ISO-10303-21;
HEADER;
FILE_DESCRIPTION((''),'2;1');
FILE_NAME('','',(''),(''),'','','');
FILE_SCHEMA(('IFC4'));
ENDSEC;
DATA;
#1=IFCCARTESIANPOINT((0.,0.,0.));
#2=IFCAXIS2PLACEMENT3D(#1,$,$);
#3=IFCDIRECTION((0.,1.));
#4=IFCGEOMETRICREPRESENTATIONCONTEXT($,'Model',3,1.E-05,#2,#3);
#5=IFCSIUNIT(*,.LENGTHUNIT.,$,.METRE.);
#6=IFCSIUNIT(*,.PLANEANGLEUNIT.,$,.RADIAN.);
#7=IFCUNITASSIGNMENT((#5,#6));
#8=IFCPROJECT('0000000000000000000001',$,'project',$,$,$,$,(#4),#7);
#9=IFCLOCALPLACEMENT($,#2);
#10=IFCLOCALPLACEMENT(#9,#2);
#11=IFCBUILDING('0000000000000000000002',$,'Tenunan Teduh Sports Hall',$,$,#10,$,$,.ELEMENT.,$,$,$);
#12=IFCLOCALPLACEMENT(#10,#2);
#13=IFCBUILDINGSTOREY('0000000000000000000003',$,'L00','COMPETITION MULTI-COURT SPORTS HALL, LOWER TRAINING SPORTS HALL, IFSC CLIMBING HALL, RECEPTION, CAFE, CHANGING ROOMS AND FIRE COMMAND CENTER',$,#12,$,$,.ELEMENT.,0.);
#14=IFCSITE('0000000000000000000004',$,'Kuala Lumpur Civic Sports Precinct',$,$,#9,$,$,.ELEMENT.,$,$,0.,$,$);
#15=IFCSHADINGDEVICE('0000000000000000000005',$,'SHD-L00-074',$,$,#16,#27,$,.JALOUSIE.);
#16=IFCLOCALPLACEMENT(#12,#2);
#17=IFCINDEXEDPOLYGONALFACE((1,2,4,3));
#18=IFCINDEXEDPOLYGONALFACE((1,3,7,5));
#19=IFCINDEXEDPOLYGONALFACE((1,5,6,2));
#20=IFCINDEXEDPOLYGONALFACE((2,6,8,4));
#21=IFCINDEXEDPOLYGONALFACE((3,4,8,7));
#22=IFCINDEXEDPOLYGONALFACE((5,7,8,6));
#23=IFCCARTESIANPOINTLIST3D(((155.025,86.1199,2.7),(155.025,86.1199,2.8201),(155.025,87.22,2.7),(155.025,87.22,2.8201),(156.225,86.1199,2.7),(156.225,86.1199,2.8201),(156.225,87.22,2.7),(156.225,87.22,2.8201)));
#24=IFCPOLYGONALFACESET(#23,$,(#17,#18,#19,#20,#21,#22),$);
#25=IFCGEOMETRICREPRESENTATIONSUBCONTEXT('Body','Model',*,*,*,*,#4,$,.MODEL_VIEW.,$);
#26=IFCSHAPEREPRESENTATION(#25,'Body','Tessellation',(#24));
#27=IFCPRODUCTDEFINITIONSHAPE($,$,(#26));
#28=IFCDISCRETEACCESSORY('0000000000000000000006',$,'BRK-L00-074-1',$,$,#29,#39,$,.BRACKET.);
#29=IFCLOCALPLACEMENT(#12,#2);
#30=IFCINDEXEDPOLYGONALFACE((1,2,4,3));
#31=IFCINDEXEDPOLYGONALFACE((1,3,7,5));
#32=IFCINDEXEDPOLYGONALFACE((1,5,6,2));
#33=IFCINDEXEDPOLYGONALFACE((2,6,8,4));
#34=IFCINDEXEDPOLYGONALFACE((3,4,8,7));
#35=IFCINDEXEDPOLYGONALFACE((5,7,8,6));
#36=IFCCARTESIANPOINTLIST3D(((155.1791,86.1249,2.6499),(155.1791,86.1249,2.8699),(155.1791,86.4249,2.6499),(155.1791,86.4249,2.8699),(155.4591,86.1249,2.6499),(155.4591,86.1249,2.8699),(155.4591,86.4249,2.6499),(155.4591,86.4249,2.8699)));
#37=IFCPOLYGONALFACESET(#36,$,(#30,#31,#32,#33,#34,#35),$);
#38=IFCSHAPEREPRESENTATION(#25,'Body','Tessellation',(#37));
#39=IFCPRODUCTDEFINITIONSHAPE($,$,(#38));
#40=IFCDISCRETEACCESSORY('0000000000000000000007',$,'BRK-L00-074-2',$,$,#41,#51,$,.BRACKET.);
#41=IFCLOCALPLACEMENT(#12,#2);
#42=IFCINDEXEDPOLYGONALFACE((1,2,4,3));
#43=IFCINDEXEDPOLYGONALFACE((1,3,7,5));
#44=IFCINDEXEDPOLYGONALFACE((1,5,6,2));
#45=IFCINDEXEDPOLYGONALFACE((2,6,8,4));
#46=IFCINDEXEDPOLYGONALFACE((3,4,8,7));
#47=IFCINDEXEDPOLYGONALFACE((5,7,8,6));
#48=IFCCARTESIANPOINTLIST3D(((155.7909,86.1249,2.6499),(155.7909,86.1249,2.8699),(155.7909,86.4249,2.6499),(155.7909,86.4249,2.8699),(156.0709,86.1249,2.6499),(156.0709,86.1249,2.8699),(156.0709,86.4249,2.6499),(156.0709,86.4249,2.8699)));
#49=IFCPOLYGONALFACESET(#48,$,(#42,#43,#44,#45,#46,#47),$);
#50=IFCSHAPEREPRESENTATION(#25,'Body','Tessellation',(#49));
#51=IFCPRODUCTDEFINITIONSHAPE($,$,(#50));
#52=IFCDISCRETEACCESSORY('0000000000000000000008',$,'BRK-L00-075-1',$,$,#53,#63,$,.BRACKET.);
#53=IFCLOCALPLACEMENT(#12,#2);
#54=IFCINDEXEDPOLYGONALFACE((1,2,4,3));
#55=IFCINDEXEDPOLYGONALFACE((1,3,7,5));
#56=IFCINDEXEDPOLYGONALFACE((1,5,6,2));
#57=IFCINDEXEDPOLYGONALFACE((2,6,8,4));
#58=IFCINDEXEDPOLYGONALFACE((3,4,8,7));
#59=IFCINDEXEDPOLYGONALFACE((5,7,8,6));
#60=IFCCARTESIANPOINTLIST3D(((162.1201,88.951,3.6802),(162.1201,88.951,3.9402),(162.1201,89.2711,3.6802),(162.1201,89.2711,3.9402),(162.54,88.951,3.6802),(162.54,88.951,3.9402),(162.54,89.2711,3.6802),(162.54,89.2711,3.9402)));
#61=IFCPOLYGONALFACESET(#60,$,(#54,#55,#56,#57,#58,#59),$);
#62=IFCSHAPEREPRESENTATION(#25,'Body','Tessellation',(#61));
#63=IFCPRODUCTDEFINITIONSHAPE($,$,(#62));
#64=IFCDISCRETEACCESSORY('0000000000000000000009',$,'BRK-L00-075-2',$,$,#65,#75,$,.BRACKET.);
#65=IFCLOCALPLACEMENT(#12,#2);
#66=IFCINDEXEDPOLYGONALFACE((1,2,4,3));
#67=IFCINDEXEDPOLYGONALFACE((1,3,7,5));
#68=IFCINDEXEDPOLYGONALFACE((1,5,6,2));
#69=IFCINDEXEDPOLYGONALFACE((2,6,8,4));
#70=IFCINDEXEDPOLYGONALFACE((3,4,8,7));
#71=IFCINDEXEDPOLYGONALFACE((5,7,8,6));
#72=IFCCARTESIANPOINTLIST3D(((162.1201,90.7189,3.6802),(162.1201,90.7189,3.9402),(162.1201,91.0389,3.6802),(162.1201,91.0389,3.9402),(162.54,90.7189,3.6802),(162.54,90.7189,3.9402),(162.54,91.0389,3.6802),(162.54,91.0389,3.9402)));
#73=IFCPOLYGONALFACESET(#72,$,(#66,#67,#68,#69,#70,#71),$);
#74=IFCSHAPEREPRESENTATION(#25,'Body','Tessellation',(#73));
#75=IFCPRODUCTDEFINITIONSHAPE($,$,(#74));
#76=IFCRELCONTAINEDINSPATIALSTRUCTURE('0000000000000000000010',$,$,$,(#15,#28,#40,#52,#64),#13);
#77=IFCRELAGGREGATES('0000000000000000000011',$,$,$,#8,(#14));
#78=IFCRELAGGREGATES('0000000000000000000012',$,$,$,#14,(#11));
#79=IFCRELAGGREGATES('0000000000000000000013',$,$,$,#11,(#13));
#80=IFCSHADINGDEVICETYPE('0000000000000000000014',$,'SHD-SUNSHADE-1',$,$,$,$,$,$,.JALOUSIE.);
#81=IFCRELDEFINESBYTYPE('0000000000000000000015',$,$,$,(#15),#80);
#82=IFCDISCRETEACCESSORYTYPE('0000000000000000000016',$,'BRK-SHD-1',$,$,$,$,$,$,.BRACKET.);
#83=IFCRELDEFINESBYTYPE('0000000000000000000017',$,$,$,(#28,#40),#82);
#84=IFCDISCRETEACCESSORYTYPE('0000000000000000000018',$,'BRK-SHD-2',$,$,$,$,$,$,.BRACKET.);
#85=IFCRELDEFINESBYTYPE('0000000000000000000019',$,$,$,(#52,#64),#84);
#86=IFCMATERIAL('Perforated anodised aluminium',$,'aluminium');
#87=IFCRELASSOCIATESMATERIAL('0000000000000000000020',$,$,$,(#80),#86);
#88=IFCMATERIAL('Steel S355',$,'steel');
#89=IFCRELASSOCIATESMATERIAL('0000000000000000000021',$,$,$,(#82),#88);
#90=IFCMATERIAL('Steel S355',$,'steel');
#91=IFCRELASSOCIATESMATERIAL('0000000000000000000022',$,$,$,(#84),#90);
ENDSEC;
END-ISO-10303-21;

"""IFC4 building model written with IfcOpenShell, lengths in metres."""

from ifc_helpers import new_model, si_unit, direction, frame, origin, origin_2d, place, context, subcontext, project, spatial, rectangle, extrude, material, type_object, element, save


model = new_model("IFC4")

# Units and contexts
model_context = context("Model", 3, precision=1e-05, world=origin(), true_north=direction((0.0, 1.0)))
body_context = subcontext(model_context, "Body", "Model", "MODEL_VIEW")
ifc_project = project(units=[si_unit("LENGTHUNIT", "METRE"), si_unit("PLANEANGLEUNIT", "RADIAN")], contexts=[model_context])

# Site, building, storey
site_placement = place(None, origin())
site = spatial("IfcSite", under=ifc_project, at=site_placement, Name="Kuala Lumpur Civic Sports Precinct", CompositionType="ELEMENT", RefElevation=0.0)
building_placement = place(site_placement, origin())
building = spatial("IfcBuilding", under=site, at=building_placement, Name="Tenunan Teduh Sports Hall", CompositionType="ELEMENT")
storey_placement = place(building_placement, origin())
storey = spatial("IfcBuildingStorey", under=building, at=storey_placement, Name="L00", Description="COMPETITION MULTI-COURT SPORTS HALL, LOWER TRAINING SPORTS HALL, IFSC CLIMBING HALL, RECEPTION, CAFE, CHANGING ROOMS AND FIRE COMMAND CENTER", CompositionType="ELEMENT", Elevation=0.0)

# Shading device
ifc_material_1 = material(Name="Perforated anodised aluminium", Category="aluminium")
shading_device_type_1 = type_object("IfcShadingDeviceType", Name="SHD-SUNSHADE-1", PredefinedType="JALOUSIE", material=ifc_material_1)
shading_device_1_placement = place(storey_placement, frame((155.625, 86.6699, 2.7), z_axis=(0.0, 0.0, 1.0), x_axis=(1.0, 0.0, 0.0)))
element("IfcShadingDevice", 1, at=shading_device_1_placement, inside=storey, type_object=shading_device_type_1, Name="SHD-L00-074", PredefinedType="JALOUSIE", context=body_context, shape_type="SweptSolid", body=[
    extrude(rectangle(XDim=1.2, YDim=1.1001, at=origin_2d()), origin(), (0.0, 0.0, 1.0), 0.1201),
])

# Discrete accessories
ifc_material_2 = material(Name="Steel S355", Category="steel")
discrete_accessory_type_1 = type_object("IfcDiscreteAccessoryType", Name="BRK-SHD-1", PredefinedType="BRACKET", material=ifc_material_2)
for number, where, z_axis, x_axis, name in (
    (2, (155.3191, 86.2749, 2.6499), (0.0, 0.0, 1.0), (1.0, 0.0, 0.0), "BRK-L00-074-1"),
    (3, (155.9309, 86.2749, 2.6499), (0.0, 0.0, 1.0), (1.0, 0.0, 0.0), "BRK-L00-074-2"),
):
    element("IfcDiscreteAccessory", number, at=place(storey_placement, frame(where, z_axis=z_axis, x_axis=x_axis)), inside=storey, type_object=discrete_accessory_type_1, Name=name, PredefinedType="BRACKET", context=body_context, shape_type="SweptSolid", body=[
        extrude(rectangle(XDim=0.28, YDim=0.3, at=origin_2d()), origin(), (0.0, 0.0, 1.0), 0.22),
    ])
ifc_material_3 = material(Name="Steel S355", Category="steel")
discrete_accessory_type_2 = type_object("IfcDiscreteAccessoryType", Name="BRK-SHD-2", PredefinedType="BRACKET", material=ifc_material_3)
for number, where, z_axis, x_axis, name in (
    (4, (162.3301, 89.1111, 3.6802), (0.0, 0.0, 1.0), (0.0, 1.0, 0.0), "BRK-L00-075-1"),
    (5, (162.3301, 90.8789, 3.6802), (0.0, 0.0, 1.0), (0.0, 1.0, 0.0), "BRK-L00-075-2"),
):
    element("IfcDiscreteAccessory", number, at=place(storey_placement, frame(where, z_axis=z_axis, x_axis=x_axis)), inside=storey, type_object=discrete_accessory_type_2, Name=name, PredefinedType="BRACKET", context=body_context, shape_type="SweptSolid", body=[
        extrude(rectangle(XDim=0.3201, YDim=0.4199, at=origin_2d()), origin(), (0.0, 0.0, 1.0), 0.26),
    ])

save(model, "model.ifc")
